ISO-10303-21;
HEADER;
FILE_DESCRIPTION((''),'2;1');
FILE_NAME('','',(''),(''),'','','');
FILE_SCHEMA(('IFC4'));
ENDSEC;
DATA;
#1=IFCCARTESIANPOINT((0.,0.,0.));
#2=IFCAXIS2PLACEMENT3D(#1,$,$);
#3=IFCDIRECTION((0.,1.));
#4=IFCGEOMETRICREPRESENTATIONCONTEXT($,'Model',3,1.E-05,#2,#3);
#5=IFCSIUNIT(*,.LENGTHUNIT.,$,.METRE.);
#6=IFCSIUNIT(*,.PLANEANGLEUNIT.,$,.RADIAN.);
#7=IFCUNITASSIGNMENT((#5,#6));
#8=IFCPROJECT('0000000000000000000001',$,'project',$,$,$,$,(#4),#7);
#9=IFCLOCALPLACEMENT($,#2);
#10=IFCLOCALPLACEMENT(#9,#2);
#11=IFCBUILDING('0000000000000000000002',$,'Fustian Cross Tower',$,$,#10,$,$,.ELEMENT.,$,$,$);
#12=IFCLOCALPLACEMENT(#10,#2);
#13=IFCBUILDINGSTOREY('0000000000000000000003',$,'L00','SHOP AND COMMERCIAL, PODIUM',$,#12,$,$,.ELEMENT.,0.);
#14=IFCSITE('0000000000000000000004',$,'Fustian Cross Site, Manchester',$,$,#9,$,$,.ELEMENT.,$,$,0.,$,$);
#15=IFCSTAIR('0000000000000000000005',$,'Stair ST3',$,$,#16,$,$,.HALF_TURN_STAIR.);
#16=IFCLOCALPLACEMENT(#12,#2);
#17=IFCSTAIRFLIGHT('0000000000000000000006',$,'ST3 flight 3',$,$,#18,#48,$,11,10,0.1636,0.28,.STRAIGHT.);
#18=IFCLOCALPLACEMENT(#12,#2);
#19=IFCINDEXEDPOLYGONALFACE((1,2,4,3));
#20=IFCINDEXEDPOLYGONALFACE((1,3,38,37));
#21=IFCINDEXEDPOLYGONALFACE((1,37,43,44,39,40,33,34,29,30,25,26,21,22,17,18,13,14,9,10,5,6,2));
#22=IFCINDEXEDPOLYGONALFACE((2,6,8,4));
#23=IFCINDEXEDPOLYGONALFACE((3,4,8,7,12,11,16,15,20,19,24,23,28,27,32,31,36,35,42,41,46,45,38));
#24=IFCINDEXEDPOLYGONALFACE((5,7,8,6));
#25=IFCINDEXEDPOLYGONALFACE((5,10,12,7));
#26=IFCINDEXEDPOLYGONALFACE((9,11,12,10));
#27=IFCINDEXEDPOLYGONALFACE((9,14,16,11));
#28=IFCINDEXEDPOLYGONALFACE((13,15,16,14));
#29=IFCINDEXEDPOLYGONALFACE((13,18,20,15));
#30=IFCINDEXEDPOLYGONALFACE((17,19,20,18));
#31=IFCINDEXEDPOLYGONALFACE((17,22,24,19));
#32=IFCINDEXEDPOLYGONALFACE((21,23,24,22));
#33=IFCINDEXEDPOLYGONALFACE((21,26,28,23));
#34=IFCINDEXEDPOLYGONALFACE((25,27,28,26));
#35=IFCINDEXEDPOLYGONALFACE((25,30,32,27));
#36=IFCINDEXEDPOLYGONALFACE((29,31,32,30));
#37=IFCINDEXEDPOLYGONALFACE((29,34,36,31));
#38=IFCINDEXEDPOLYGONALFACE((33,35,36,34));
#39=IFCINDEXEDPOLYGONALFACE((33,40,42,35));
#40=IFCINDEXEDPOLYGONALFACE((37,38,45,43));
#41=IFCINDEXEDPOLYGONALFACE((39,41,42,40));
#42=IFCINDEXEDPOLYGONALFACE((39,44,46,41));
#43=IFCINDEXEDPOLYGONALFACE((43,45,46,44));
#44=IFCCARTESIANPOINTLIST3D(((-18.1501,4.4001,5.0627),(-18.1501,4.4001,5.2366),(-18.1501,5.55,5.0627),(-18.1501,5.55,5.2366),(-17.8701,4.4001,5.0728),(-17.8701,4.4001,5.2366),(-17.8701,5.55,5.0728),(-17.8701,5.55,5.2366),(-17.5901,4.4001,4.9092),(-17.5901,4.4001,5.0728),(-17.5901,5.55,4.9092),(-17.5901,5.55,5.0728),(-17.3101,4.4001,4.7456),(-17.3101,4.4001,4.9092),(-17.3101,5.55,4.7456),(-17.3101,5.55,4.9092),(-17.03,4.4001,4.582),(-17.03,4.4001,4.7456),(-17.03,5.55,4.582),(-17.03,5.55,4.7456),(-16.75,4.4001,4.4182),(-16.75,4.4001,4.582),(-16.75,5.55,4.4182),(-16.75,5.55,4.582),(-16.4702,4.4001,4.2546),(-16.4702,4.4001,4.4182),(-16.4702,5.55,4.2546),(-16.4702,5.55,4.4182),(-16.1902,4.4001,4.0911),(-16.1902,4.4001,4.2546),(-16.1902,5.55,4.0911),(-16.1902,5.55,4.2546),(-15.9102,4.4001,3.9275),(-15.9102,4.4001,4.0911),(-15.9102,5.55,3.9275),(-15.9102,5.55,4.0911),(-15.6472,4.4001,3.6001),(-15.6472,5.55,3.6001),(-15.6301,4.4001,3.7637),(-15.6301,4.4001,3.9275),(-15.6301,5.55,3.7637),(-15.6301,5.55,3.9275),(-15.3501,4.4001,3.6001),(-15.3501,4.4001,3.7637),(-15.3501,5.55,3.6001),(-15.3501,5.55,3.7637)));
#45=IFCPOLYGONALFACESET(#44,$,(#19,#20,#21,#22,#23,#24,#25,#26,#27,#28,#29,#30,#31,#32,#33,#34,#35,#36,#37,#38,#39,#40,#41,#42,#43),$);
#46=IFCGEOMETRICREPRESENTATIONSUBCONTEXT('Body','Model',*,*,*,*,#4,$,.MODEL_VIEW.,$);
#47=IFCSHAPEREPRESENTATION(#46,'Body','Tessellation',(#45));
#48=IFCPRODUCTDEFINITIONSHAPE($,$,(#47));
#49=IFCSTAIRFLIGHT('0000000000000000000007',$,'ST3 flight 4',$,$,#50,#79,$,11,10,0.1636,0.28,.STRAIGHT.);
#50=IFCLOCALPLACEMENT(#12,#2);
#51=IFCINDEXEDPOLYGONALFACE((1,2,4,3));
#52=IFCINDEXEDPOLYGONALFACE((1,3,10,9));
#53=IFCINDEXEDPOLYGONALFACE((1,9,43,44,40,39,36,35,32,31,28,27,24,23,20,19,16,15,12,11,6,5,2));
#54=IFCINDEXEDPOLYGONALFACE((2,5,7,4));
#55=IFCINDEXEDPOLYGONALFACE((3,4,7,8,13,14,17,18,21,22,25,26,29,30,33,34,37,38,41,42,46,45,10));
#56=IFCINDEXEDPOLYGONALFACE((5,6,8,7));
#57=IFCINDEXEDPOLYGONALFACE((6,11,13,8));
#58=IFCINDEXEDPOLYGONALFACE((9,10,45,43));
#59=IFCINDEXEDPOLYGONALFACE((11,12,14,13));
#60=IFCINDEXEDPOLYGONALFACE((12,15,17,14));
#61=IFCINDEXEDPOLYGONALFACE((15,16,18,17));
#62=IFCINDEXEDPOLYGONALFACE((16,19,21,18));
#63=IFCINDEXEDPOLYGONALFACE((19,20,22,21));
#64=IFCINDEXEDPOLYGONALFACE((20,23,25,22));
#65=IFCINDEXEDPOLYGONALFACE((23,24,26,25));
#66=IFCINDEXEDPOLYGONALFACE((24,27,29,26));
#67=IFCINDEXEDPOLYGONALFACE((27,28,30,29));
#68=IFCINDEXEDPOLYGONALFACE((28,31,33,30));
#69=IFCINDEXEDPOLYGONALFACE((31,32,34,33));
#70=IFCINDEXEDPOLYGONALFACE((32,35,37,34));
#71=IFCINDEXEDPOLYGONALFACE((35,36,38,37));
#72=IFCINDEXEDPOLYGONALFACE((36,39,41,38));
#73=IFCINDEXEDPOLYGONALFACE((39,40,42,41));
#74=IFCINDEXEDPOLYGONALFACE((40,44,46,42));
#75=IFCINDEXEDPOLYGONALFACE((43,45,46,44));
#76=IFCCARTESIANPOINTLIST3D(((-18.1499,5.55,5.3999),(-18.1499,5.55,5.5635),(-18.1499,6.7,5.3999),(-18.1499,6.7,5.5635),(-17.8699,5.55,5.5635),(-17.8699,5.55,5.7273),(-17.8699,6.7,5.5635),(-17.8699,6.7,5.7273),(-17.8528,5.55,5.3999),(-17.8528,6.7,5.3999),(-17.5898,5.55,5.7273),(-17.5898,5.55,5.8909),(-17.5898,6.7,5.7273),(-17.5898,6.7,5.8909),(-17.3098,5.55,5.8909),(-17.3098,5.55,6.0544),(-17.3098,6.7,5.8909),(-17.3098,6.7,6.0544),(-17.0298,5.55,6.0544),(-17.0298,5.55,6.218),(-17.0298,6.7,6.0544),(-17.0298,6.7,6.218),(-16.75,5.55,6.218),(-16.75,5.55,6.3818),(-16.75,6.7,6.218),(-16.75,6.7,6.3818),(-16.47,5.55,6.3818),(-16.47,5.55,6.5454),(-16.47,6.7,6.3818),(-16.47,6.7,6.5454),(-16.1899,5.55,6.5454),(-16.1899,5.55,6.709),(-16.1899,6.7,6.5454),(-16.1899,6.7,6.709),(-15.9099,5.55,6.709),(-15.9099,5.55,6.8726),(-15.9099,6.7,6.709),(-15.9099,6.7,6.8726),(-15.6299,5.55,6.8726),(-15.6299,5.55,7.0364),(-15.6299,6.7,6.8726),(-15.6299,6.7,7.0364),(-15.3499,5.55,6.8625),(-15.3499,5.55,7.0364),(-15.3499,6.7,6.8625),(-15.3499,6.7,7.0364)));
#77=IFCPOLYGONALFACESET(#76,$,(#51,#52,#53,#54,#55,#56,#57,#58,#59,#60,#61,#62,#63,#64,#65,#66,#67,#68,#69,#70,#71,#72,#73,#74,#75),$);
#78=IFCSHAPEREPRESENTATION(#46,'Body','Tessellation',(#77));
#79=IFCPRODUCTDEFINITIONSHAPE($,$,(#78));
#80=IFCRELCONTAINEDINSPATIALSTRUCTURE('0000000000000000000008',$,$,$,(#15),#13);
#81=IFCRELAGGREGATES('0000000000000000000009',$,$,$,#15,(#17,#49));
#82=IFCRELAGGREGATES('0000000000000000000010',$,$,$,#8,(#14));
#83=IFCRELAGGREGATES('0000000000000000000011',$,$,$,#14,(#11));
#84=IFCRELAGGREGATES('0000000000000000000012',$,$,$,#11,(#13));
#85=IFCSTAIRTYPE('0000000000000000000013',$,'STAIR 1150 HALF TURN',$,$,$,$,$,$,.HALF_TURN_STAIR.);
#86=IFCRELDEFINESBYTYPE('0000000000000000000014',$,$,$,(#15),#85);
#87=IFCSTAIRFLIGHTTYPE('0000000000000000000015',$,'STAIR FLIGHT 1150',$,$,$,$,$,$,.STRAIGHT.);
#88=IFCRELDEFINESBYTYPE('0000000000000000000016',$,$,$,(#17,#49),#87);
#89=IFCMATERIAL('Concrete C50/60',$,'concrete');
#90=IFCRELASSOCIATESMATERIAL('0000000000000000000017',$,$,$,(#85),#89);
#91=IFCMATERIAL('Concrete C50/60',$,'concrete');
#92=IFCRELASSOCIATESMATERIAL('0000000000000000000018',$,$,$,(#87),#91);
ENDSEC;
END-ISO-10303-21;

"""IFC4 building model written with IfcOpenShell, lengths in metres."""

from ifc_helpers import new_model, si_unit, direction, frame, origin, place, context, subcontext, project, spatial, polyline, outline, extrude, material, type_object, element, aggregate, save


model = new_model("IFC4")

# Units and contexts
model_context = context("Model", 3, precision=1e-05, world=origin(), true_north=direction((0.0, 1.0)))
body_context = subcontext(model_context, "Body", "Model", "MODEL_VIEW")
ifc_project = project(units=[si_unit("LENGTHUNIT", "METRE"), si_unit("PLANEANGLEUNIT", "RADIAN")], contexts=[model_context])

# Site, building, storey
site_placement = place(None, origin())
site = spatial("IfcSite", under=ifc_project, at=site_placement, Name="Fustian Cross Site, Manchester", CompositionType="ELEMENT", RefElevation=0.0)
building_placement = place(site_placement, origin())
building = spatial("IfcBuilding", under=site, at=building_placement, Name="Fustian Cross Tower", CompositionType="ELEMENT")
storey_placement = place(building_placement, origin())
storey = spatial("IfcBuildingStorey", under=building, at=storey_placement, Name="L00", Description="SHOP AND COMMERCIAL, PODIUM", CompositionType="ELEMENT", Elevation=0.0)

# Stair, stair flights
ifc_material_1 = material(Name="Concrete C50/60", Category="concrete")
stair_type = type_object("IfcStairType", Name="STAIR 1150 HALF TURN", PredefinedType="HALF_TURN_STAIR", material=ifc_material_1)
stair_placement = place(storey_placement, origin())
stair = element("IfcStair", 1, at=stair_placement, inside=storey, type_object=stair_type, Name="Stair ST3", PredefinedType="HALF_TURN_STAIR")
ifc_material_2 = material(Name="Concrete C50/60", Category="concrete")
stair_flight_type = type_object("IfcStairFlightType", Name="STAIR FLIGHT 1150", PredefinedType="STRAIGHT", material=ifc_material_2)
stair_flight_1_placement = place(storey_placement, frame((-15.3501, 4.9751, 3.6001), z_axis=(0.0, 0.0, 1.0), x_axis=(-1.0, 0.0, 0.0)))
stair_flight_1 = element("IfcStairFlight", 2, at=stair_flight_1_placement, type_object=stair_flight_type, Name="ST3 flight 3", NumberOfRisers=11, NumberOfTreads=10, PredefinedType="STRAIGHT", RiserHeight=0.1636, TreadLength=0.28, context=body_context, shape_type="SweptSolid", body=[
    extrude(outline(polyline([(0.0, 0.0), (0.0, 0.1636), (0.28, 0.1636), (0.28, 0.3274), (0.5601, 0.3274), (0.5601, 0.491), (0.8401, 0.491), (0.8401, 0.6545), (1.1201, 0.6545), (1.1201, 0.8181), (1.3999, 0.8181), (1.3999, 0.9819), (1.6799, 0.9819), (1.6799, 1.1455), (1.96, 1.1455), (1.96, 1.3091), (2.24, 1.3091), (2.24, 1.4727), (2.52, 1.4727), (2.52, 1.6365), (2.8, 1.6365), (2.8, 1.8), (2.8, 1.4626), (0.2971, 0.0), (0.0, 0.0)])), frame((0.0, 0.575, 0.0), z_axis=(0.0, -1.0, 0.0), x_axis=(1.0, 0.0, 0.0)), (0.0, 0.0, 1.0), 1.1499),
])
stair_flight_2_placement = place(storey_placement, frame((-18.1499, 6.125, 5.3999), z_axis=(0.0, 0.0, 1.0), x_axis=(1.0, 0.0, 0.0)))
stair_flight_2 = element("IfcStairFlight", 3, at=stair_flight_2_placement, type_object=stair_flight_type, Name="ST3 flight 4", NumberOfRisers=11, NumberOfTreads=10, PredefinedType="STRAIGHT", RiserHeight=0.1636, TreadLength=0.28, context=body_context, shape_type="SweptSolid", body=[
    extrude(outline(polyline([(0.0, 0.0), (0.0, 0.1636), (0.28, 0.1636), (0.28, 0.3274), (0.5601, 0.3274), (0.5601, 0.491), (0.8401, 0.491), (0.8401, 0.6545), (1.1201, 0.6545), (1.1201, 0.8181), (1.3999, 0.8181), (1.3999, 0.9819), (1.6799, 0.9819), (1.6799, 1.1455), (1.96, 1.1455), (1.96, 1.3091), (2.24, 1.3091), (2.24, 1.4727), (2.52, 1.4727), (2.52, 1.6365), (2.8, 1.6365), (2.8, 1.8), (2.8, 1.4626), (0.2971, 0.0), (0.0, 0.0)])), frame((0.0, 0.575, 0.0), z_axis=(0.0, -1.0, 0.0), x_axis=(1.0, 0.0, 0.0)), (0.0, 0.0, 1.0), 1.1499),
])
aggregate(stair, [stair_flight_1, stair_flight_2])

save(model, "model.ifc")
